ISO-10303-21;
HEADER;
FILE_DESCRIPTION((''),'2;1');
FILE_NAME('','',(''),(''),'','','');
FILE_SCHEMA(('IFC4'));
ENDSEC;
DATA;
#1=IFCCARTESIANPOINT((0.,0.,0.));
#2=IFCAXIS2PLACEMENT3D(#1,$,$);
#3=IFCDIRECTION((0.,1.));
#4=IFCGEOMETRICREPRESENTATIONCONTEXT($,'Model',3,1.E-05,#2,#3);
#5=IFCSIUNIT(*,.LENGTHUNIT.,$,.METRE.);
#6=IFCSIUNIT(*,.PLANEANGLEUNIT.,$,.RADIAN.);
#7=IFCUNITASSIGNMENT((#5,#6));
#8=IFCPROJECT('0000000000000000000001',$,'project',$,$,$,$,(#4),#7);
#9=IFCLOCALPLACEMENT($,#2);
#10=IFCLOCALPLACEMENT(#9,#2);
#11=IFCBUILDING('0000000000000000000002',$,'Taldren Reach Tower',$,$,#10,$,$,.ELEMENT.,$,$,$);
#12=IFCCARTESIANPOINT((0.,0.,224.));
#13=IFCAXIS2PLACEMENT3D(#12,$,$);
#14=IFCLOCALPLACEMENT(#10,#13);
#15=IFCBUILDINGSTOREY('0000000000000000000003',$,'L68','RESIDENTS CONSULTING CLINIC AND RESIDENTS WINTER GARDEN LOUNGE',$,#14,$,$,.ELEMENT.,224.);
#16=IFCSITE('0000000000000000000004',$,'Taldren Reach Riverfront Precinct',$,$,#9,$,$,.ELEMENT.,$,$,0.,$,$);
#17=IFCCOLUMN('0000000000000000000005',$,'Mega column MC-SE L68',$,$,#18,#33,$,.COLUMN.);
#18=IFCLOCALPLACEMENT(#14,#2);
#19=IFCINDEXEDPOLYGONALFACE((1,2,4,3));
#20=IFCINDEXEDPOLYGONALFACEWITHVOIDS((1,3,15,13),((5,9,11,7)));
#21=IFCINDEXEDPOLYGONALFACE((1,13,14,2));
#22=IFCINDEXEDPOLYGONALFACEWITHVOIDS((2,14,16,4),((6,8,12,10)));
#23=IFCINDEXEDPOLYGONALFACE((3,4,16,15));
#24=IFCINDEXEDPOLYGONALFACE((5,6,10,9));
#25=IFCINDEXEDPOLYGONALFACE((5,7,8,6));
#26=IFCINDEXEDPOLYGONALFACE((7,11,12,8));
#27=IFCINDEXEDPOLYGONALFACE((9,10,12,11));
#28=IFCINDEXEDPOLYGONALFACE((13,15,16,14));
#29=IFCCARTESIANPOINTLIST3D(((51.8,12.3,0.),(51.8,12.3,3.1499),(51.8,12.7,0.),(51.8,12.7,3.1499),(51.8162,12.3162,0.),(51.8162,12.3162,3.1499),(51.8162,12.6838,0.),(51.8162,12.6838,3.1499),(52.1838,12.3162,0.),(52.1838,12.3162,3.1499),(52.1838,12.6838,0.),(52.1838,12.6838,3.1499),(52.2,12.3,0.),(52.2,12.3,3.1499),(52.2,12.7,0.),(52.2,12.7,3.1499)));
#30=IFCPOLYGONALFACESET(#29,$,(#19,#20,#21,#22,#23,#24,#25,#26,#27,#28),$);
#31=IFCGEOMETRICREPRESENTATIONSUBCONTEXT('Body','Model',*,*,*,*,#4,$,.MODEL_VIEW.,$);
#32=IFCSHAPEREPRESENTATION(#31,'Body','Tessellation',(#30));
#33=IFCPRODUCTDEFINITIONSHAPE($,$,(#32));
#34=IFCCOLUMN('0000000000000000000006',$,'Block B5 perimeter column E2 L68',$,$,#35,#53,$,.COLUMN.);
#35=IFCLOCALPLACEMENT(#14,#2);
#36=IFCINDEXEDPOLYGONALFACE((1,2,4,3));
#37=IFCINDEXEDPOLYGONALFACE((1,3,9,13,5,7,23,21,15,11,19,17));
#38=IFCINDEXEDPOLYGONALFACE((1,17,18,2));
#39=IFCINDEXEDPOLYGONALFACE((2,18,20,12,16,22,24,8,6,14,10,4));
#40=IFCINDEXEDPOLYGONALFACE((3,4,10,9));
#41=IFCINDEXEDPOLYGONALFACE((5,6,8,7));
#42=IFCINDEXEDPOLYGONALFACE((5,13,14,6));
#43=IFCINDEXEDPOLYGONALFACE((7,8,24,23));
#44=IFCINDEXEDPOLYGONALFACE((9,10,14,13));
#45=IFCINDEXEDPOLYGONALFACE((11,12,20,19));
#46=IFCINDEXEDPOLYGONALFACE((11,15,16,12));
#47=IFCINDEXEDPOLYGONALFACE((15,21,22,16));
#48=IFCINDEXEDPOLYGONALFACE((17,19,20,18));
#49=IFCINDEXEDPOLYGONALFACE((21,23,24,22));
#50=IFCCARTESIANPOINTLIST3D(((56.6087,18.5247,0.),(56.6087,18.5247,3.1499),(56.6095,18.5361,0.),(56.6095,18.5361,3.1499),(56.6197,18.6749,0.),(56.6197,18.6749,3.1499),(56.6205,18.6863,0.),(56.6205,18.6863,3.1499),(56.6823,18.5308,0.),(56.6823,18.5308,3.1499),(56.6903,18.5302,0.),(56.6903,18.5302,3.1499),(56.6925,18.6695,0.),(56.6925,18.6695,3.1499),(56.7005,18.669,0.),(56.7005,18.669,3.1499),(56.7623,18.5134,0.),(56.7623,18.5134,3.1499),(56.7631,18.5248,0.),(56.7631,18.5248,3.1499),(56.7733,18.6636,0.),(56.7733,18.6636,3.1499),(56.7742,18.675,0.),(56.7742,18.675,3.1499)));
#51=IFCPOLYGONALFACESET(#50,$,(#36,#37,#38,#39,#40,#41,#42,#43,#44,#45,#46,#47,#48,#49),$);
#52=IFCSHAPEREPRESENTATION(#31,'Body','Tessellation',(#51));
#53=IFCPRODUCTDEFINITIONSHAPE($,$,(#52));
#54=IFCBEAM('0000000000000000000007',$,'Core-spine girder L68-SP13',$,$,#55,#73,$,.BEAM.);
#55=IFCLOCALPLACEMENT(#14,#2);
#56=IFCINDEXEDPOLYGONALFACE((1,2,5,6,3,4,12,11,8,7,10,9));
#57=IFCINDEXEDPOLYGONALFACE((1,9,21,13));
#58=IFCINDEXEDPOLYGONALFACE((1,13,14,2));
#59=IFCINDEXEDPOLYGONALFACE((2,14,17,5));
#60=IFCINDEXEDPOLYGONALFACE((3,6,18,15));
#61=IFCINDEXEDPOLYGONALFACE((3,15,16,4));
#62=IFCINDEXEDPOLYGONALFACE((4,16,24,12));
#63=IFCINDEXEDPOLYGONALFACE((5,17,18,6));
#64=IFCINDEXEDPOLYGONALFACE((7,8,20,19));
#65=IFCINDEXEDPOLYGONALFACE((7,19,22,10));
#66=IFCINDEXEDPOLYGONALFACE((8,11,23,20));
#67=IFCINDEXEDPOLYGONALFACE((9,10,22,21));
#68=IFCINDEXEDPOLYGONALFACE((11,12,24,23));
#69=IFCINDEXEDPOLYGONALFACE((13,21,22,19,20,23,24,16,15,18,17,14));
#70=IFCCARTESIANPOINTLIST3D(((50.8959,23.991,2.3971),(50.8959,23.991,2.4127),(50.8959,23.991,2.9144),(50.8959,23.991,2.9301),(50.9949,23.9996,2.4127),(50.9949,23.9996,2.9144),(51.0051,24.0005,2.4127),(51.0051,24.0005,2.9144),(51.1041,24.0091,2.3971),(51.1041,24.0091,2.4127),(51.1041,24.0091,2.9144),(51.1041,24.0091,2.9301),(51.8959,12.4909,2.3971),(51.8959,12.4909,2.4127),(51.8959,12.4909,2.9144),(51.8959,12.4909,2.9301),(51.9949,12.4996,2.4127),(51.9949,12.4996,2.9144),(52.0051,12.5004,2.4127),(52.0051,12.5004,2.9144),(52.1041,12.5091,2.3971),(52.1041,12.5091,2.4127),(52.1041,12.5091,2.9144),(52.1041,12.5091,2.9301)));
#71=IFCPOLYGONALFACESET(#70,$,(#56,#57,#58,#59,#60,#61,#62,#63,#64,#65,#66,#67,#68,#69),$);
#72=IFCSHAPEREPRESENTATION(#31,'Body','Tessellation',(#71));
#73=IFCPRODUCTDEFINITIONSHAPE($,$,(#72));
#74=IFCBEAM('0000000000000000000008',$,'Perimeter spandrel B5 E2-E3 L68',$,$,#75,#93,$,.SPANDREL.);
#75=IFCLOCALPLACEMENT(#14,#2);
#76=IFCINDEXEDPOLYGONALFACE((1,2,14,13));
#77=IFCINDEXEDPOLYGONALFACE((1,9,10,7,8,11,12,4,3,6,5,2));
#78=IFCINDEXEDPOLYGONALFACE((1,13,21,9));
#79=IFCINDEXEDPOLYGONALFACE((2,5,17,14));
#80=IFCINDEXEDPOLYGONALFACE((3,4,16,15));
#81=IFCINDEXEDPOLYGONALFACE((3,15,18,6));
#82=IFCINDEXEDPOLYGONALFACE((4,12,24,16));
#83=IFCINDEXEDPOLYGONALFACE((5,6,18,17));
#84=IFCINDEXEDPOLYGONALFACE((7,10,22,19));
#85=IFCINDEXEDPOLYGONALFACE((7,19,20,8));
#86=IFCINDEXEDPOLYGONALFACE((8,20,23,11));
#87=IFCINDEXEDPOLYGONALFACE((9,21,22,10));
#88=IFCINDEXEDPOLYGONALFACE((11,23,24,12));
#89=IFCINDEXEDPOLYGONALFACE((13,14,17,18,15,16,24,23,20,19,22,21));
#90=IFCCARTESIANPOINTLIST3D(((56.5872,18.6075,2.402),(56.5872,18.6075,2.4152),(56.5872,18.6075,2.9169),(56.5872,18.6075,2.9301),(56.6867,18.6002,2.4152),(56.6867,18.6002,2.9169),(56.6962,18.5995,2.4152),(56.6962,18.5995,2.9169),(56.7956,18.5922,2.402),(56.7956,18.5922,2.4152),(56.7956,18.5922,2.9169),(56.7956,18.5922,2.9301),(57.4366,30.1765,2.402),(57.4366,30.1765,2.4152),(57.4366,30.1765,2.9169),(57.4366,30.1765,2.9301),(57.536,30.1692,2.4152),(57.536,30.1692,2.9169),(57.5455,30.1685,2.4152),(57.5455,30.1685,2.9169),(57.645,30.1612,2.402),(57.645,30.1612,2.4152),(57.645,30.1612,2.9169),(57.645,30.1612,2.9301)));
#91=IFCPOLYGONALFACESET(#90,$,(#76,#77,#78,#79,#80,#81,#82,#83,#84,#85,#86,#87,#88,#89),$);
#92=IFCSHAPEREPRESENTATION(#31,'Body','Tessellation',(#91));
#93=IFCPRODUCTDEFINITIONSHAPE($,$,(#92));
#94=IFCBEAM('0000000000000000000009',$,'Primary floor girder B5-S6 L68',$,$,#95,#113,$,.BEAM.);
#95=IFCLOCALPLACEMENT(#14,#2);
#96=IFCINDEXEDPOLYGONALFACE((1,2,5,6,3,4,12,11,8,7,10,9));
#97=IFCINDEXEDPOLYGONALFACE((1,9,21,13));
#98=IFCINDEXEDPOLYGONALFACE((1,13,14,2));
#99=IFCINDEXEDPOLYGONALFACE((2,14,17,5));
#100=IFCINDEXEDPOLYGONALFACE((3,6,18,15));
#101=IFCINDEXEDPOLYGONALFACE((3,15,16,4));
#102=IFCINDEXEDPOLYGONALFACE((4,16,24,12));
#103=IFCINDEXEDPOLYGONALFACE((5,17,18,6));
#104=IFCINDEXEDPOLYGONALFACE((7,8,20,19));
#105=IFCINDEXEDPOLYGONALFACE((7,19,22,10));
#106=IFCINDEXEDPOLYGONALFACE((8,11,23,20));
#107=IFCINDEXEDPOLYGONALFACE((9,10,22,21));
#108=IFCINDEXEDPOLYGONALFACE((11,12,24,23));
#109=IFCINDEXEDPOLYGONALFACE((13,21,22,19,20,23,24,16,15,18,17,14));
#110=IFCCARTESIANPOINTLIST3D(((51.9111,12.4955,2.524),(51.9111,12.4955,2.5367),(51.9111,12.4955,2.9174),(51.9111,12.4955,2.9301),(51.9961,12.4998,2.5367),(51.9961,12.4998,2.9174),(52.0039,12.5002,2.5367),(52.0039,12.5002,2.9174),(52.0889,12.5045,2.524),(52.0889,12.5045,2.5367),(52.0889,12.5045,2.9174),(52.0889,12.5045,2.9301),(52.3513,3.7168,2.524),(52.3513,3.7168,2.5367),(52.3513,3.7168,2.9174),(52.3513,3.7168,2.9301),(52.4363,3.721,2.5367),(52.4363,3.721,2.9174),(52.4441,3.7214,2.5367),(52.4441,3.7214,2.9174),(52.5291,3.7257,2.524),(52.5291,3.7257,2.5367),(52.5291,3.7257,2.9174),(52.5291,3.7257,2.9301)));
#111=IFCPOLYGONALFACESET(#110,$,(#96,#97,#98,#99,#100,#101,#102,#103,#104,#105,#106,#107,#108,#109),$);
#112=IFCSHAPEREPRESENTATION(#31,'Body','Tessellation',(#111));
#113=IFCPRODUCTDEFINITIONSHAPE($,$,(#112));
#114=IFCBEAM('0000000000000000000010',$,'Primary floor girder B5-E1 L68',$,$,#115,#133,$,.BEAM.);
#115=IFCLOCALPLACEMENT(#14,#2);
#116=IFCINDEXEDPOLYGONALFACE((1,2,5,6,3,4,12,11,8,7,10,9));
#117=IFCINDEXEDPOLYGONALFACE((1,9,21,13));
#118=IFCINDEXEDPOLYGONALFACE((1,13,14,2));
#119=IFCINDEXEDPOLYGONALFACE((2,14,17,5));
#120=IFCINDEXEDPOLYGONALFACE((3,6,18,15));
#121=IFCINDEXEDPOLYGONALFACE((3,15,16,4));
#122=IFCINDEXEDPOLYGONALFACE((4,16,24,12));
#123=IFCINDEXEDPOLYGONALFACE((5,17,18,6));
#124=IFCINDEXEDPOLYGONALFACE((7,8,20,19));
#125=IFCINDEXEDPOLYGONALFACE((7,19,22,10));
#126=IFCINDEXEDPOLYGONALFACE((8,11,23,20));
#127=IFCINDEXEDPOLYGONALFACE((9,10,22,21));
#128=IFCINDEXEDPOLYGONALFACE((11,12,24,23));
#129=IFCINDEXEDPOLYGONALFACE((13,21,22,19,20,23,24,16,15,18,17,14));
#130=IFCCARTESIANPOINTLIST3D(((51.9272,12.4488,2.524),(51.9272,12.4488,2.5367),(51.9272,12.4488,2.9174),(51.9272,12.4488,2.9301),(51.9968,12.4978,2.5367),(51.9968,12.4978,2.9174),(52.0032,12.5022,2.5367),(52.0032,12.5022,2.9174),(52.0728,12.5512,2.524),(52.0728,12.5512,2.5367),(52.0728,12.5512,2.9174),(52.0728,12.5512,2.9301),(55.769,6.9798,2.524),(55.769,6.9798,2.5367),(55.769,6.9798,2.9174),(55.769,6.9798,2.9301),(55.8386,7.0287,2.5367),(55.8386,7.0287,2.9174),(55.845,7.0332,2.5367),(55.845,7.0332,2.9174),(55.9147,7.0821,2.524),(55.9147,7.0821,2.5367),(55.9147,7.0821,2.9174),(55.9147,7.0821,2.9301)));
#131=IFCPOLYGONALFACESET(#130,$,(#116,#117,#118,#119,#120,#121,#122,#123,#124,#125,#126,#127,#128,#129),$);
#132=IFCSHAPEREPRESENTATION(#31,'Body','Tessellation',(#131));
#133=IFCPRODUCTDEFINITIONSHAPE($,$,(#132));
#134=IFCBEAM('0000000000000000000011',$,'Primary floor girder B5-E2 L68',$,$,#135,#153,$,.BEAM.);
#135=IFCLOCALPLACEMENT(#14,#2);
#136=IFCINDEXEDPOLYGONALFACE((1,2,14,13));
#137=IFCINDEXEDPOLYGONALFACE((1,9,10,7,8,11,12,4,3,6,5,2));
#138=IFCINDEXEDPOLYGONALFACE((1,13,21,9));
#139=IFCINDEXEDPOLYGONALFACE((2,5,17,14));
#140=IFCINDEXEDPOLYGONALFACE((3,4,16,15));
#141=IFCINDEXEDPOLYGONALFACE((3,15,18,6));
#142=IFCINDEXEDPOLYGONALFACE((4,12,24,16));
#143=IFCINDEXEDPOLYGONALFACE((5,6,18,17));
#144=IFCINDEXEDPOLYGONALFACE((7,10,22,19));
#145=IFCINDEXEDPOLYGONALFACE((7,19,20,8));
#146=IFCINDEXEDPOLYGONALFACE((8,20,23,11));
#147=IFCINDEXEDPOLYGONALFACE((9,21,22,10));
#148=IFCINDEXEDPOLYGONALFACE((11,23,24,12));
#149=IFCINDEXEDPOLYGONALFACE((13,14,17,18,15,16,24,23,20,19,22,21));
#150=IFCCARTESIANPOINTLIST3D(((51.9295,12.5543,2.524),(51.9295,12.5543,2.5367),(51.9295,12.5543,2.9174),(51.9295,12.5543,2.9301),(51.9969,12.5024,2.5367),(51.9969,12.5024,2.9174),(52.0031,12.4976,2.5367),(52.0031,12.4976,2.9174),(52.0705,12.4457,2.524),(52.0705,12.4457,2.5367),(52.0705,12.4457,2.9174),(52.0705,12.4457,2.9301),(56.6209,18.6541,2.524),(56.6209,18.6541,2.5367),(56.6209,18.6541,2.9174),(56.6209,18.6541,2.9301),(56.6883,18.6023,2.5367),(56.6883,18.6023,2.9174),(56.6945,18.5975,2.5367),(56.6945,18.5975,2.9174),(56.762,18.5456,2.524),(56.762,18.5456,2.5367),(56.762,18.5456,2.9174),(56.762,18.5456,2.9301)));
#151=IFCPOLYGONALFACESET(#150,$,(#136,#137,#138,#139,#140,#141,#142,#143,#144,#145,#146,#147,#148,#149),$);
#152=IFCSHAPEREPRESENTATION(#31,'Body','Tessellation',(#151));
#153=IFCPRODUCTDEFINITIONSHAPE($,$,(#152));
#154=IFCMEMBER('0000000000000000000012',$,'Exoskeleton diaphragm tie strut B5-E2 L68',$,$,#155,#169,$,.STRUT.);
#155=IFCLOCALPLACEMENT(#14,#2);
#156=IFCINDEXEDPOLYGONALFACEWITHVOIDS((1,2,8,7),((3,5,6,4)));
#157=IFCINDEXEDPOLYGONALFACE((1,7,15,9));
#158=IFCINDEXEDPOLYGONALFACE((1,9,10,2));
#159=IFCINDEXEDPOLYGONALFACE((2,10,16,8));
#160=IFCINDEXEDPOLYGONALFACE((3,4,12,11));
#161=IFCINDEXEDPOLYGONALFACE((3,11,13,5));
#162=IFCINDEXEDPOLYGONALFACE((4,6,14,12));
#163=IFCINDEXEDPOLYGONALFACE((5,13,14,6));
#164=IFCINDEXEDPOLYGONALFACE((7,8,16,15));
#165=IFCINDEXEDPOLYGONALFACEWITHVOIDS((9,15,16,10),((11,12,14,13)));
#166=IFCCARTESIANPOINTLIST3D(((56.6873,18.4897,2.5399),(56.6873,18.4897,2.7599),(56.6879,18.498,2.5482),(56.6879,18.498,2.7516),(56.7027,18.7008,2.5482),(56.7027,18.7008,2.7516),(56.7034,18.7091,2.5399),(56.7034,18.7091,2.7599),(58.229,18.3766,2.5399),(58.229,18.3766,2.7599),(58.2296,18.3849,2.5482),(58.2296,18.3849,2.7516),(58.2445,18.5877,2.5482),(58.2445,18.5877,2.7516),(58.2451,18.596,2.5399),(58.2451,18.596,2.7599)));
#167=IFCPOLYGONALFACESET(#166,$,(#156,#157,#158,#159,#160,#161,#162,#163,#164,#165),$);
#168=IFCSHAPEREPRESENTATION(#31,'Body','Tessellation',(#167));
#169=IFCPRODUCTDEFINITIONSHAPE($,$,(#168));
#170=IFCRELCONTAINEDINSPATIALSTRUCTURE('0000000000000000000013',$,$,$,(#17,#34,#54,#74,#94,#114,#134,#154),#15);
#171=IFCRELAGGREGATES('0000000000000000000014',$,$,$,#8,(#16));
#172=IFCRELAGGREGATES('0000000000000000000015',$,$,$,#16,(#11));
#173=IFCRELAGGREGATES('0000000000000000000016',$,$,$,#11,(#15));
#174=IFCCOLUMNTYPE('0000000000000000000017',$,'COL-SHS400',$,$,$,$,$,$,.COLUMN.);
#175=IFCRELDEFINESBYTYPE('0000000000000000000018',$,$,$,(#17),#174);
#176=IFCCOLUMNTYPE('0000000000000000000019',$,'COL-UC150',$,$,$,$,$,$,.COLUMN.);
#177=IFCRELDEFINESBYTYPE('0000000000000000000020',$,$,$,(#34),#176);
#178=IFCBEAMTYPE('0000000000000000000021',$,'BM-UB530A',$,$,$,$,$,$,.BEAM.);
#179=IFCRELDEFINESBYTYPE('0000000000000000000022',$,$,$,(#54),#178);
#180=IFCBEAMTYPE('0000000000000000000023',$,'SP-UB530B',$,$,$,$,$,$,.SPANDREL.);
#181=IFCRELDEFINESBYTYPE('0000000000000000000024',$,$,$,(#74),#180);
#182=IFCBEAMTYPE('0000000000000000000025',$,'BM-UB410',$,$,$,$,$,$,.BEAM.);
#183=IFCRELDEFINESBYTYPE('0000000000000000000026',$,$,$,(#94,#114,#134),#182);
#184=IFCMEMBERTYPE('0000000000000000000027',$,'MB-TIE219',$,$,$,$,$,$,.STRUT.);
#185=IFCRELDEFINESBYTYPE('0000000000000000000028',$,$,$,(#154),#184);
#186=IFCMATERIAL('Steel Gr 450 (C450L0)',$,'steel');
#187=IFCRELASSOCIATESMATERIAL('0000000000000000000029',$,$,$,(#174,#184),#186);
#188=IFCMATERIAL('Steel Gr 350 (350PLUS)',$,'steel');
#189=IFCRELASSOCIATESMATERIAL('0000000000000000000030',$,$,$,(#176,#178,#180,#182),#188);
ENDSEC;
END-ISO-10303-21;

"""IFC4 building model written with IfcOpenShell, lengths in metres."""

from ifc_helpers import new_model, si_unit, direction, frame, origin, origin_2d, place, context, subcontext, project, spatial, hollow_rectangle, i_section, extrude, source, transform, mapped, material, material_profile, profile_set, type_object, element, save


model = new_model("IFC4")

# Units and contexts
model_context = context("Model", 3, precision=1e-05, world=origin(), true_north=direction((0.0, 1.0)))
body_context = subcontext(model_context, "Body", "Model", "MODEL_VIEW")
ifc_project = project(units=[si_unit("LENGTHUNIT", "METRE"), si_unit("PLANEANGLEUNIT", "RADIAN")], contexts=[model_context])

# Site, building, storey
site_placement = place(None, origin())
site = spatial("IfcSite", under=ifc_project, at=site_placement, Name="Taldren Reach Riverfront Precinct", CompositionType="ELEMENT", RefElevation=0.0)
building_placement = place(site_placement, origin())
building = spatial("IfcBuilding", under=site, at=building_placement, Name="Taldren Reach Tower", CompositionType="ELEMENT")
storey_placement = place(building_placement, frame((0.0, 0.0, 224.0)))
storey = spatial("IfcBuildingStorey", under=building, at=storey_placement, Name="L68", Description="RESIDENTS CONSULTING CLINIC AND RESIDENTS WINTER GARDEN LOUNGE", CompositionType="ELEMENT", Elevation=224.0)

# Columns
ifc_material_1 = material(Name="Steel Gr 450 (C450L0)", Category="steel")
ifc_material_profile_1 = material_profile(ifc_material_1, hollow_rectangle(XDim=0.3999, YDim=0.3999, WallThickness=0.0161, at=origin_2d()), Name="400x400x16.0SHS")
ifc_profile_set_1 = profile_set([ifc_material_profile_1], Name="Steel Gr 450 (C450L0)")
column_type_1 = type_object("IfcColumnType", Name="COL-SHS400", PredefinedType="COLUMN", material=ifc_profile_set_1)
shared_shape_1 = source(origin(), body_context, "Body", "SweptSolid", [
    extrude(hollow_rectangle(XDim=0.3999, YDim=0.3999, WallThickness=0.0161, at=origin_2d()), origin(), (0.0, 0.0, 1.0), 3.1499),
])
column_1_placement = place(storey_placement, frame((52.0, 12.5, 0.0), z_axis=(0.0, 0.0, 1.0), x_axis=(1.0, 0.0, 0.0)))
element("IfcColumn", 1, at=column_1_placement, inside=storey, type_object=column_type_1, Name="Mega column MC-SE L68", PredefinedType="COLUMN", context=body_context, shape_type="MappedRepresentation", body=[
    mapped(shared_shape_1, transform((0.0, 0.0, 0.0), scale=1.0)),
])
ifc_material_2 = material(Name="Steel Gr 350 (350PLUS)", Category="steel")
ifc_material_profile_2 = material_profile(ifc_material_2, i_section(OverallWidth=0.1541, OverallDepth=0.1621, WebThickness=0.0081, FlangeThickness=0.0115, at=origin_2d()), Name="150UC37.2")
ifc_profile_set_2 = profile_set([ifc_material_profile_2], Name="Steel Gr 350 (350PLUS)")
column_type_2 = type_object("IfcColumnType", Name="COL-UC150", PredefinedType="COLUMN", material=ifc_profile_set_2)
shared_shape_2 = source(origin(), body_context, "Body", "SweptSolid", [
    extrude(i_section(OverallWidth=0.1541, OverallDepth=0.1621, WebThickness=0.0081, FlangeThickness=0.0115, at=origin_2d()), origin(), (0.0, 0.0, 1.0), 3.1499),
])
column_2_placement = place(storey_placement, frame((56.6914, 18.5999, 0.0), z_axis=(0.0, 0.0, 1.0), x_axis=(0.997314, -0.073238, 0.0)))
element("IfcColumn", 2, at=column_2_placement, inside=storey, type_object=column_type_2, Name="Block B5 perimeter column E2 L68", PredefinedType="COLUMN", context=body_context, shape_type="MappedRepresentation", body=[
    mapped(shared_shape_2, transform((0.0, 0.0, 0.0), scale=1.0)),
])

# Beams
ifc_material_profile_3 = material_profile(ifc_material_2, i_section(OverallWidth=0.209, OverallDepth=0.533, WebThickness=0.0103, FlangeThickness=0.0156, at=origin_2d()), Name="530UB92.4")
ifc_profile_set_3 = profile_set([ifc_material_profile_3], Name="Steel Gr 350 (350PLUS)")
beam_type_1 = type_object("IfcBeamType", Name="BM-UB530A", PredefinedType="BEAM", material=ifc_profile_set_3)
shared_shape_3 = source(origin(), body_context, "Body", "SweptSolid", [
    extrude(i_section(OverallWidth=0.209, OverallDepth=0.533, WebThickness=0.0103, FlangeThickness=0.0156, at=origin_2d()), origin(), (0.0, 0.0, 1.0), 11.5435),
])
beam_1_placement = place(storey_placement, frame((52.0, 12.5, 2.6636), z_axis=(-0.08663, 0.996241, 0.0), x_axis=(-0.996241, -0.08663, 0.0)))
element("IfcBeam", 3, at=beam_1_placement, inside=storey, type_object=beam_type_1, Name="Core-spine girder L68-SP13", PredefinedType="BEAM", context=body_context, shape_type="MappedRepresentation", body=[
    mapped(shared_shape_3, transform((0.0, 0.0, 0.0), scale=1.0)),
])
ifc_material_profile_4 = material_profile(ifc_material_2, i_section(OverallWidth=0.209, OverallDepth=0.5281, WebThickness=0.0095, FlangeThickness=0.0132, at=origin_2d()), Name="530UB82.0")
ifc_profile_set_4 = profile_set([ifc_material_profile_4], Name="Steel Gr 350 (350PLUS)")
beam_type_2 = type_object("IfcBeamType", Name="SP-UB530B", PredefinedType="SPANDREL", material=ifc_profile_set_4)
shared_shape_4 = source(origin(), body_context, "Body", "SweptSolid", [
    extrude(i_section(OverallWidth=0.209, OverallDepth=0.5281, WebThickness=0.0095, FlangeThickness=0.0132, at=origin_2d()), origin(), (0.0, 0.0, 1.0), 11.6001),
])
beam_2_placement = place(storey_placement, frame((56.6914, 18.5999, 2.666), z_axis=(0.073221, 0.997316, 0.0), x_axis=(-0.997316, 0.073221, 0.0)))
element("IfcBeam", 4, at=beam_2_placement, inside=storey, type_object=beam_type_2, Name="Perimeter spandrel B5 E2-E3 L68", PredefinedType="SPANDREL", context=body_context, shape_type="MappedRepresentation", body=[
    mapped(shared_shape_4, transform((0.0, 0.0, 0.0), scale=1.0)),
])
ifc_material_profile_5 = material_profile(ifc_material_2, i_section(OverallWidth=0.178, OverallDepth=0.406, WebThickness=0.0078, FlangeThickness=0.0127, at=origin_2d()), Name="410UB59.7")
ifc_profile_set_5 = profile_set([ifc_material_profile_5], Name="Steel Gr 350 (350PLUS)")
beam_type_3 = type_object("IfcBeamType", Name="BM-UB410", PredefinedType="BEAM", material=ifc_profile_set_5)
shared_shape_5 = source(origin(), body_context, "Body", "SweptSolid", [
    extrude(i_section(OverallWidth=0.178, OverallDepth=0.406, WebThickness=0.0078, FlangeThickness=0.0127, at=origin_2d()), origin(), (0.0, 0.0, 1.0), 8.7898),
])
beam_3_placement = place(storey_placement, frame((52.0, 12.5, 2.7271), z_axis=(0.050079, -0.998745, 0.0), x_axis=(0.998745, 0.050079, 0.0)))
element("IfcBeam", 5, at=beam_3_placement, inside=storey, type_object=beam_type_3, Name="Primary floor girder B5-S6 L68", PredefinedType="BEAM", context=body_context, shape_type="MappedRepresentation", body=[
    mapped(shared_shape_5, transform((0.0, 0.0, 0.0), scale=1.0)),
])
shared_shape_6 = source(origin(), body_context, "Body", "SweptSolid", [
    extrude(i_section(OverallWidth=0.178, OverallDepth=0.406, WebThickness=0.0078, FlangeThickness=0.0127, at=origin_2d()), origin(), (0.0, 0.0, 1.0), 6.6836),
])
beam_4_placement = place(storey_placement, frame((52.0, 12.5, 2.7271), z_axis=(0.574817, -0.818282, 0.0), x_axis=(0.818282, 0.574817, 0.0)))
element("IfcBeam", 6, at=beam_4_placement, inside=storey, type_object=beam_type_3, Name="Primary floor girder B5-E1 L68", PredefinedType="BEAM", context=body_context, shape_type="MappedRepresentation", body=[
    mapped(shared_shape_6, transform((0.0, 0.0, 0.0), scale=1.0)),
])
shared_shape_7 = source(origin(), body_context, "Body", "SweptSolid", [
    extrude(i_section(OverallWidth=0.178, OverallDepth=0.406, WebThickness=0.0078, FlangeThickness=0.0127, at=origin_2d()), origin(), (0.0, 0.0, 1.0), 7.6953),
])
beam_5_placement = place(storey_placement, frame((52.0, 12.5, 2.7271), z_axis=(0.609646, 0.792674, 0.0), x_axis=(-0.792674, 0.609646, 0.0)))
element("IfcBeam", 7, at=beam_5_placement, inside=storey, type_object=beam_type_3, Name="Primary floor girder B5-E2 L68", PredefinedType="BEAM", context=body_context, shape_type="MappedRepresentation", body=[
    mapped(shared_shape_7, transform((0.0, 0.0, 0.0), scale=1.0)),
])

# Member
ifc_material_profile_6 = material_profile(ifc_material_1, hollow_rectangle(XDim=0.22, YDim=0.22, WallThickness=0.0083, at=origin_2d()), Name="220x220x8.2SHS")
ifc_profile_set_6 = profile_set([ifc_material_profile_6], Name="Steel Gr 450 (C450L0)")
member_type_1 = type_object("IfcMemberType", Name="MB-TIE219", PredefinedType="STRUT", material=ifc_profile_set_6)
shared_shape_8 = source(origin(), body_context, "Body", "SweptSolid", [
    extrude(hollow_rectangle(XDim=0.22, YDim=0.22, WallThickness=0.0083, at=origin_2d()), origin(), (0.0, 0.0, 1.0), 1.5459),
])
member_1_placement = place(storey_placement, frame((56.6953, 18.5994, 2.6499), z_axis=(0.997323, -0.073121, 0.0), x_axis=(0.073121, 0.997323, 0.0)))
element("IfcMember", 8, at=member_1_placement, inside=storey, type_object=member_type_1, Name="Exoskeleton diaphragm tie strut B5-E2 L68", PredefinedType="STRUT", context=body_context, shape_type="MappedRepresentation", body=[
    mapped(shared_shape_8, transform((0.0, 0.0, 0.0), scale=1.0)),
])

save(model, "model.ifc")
